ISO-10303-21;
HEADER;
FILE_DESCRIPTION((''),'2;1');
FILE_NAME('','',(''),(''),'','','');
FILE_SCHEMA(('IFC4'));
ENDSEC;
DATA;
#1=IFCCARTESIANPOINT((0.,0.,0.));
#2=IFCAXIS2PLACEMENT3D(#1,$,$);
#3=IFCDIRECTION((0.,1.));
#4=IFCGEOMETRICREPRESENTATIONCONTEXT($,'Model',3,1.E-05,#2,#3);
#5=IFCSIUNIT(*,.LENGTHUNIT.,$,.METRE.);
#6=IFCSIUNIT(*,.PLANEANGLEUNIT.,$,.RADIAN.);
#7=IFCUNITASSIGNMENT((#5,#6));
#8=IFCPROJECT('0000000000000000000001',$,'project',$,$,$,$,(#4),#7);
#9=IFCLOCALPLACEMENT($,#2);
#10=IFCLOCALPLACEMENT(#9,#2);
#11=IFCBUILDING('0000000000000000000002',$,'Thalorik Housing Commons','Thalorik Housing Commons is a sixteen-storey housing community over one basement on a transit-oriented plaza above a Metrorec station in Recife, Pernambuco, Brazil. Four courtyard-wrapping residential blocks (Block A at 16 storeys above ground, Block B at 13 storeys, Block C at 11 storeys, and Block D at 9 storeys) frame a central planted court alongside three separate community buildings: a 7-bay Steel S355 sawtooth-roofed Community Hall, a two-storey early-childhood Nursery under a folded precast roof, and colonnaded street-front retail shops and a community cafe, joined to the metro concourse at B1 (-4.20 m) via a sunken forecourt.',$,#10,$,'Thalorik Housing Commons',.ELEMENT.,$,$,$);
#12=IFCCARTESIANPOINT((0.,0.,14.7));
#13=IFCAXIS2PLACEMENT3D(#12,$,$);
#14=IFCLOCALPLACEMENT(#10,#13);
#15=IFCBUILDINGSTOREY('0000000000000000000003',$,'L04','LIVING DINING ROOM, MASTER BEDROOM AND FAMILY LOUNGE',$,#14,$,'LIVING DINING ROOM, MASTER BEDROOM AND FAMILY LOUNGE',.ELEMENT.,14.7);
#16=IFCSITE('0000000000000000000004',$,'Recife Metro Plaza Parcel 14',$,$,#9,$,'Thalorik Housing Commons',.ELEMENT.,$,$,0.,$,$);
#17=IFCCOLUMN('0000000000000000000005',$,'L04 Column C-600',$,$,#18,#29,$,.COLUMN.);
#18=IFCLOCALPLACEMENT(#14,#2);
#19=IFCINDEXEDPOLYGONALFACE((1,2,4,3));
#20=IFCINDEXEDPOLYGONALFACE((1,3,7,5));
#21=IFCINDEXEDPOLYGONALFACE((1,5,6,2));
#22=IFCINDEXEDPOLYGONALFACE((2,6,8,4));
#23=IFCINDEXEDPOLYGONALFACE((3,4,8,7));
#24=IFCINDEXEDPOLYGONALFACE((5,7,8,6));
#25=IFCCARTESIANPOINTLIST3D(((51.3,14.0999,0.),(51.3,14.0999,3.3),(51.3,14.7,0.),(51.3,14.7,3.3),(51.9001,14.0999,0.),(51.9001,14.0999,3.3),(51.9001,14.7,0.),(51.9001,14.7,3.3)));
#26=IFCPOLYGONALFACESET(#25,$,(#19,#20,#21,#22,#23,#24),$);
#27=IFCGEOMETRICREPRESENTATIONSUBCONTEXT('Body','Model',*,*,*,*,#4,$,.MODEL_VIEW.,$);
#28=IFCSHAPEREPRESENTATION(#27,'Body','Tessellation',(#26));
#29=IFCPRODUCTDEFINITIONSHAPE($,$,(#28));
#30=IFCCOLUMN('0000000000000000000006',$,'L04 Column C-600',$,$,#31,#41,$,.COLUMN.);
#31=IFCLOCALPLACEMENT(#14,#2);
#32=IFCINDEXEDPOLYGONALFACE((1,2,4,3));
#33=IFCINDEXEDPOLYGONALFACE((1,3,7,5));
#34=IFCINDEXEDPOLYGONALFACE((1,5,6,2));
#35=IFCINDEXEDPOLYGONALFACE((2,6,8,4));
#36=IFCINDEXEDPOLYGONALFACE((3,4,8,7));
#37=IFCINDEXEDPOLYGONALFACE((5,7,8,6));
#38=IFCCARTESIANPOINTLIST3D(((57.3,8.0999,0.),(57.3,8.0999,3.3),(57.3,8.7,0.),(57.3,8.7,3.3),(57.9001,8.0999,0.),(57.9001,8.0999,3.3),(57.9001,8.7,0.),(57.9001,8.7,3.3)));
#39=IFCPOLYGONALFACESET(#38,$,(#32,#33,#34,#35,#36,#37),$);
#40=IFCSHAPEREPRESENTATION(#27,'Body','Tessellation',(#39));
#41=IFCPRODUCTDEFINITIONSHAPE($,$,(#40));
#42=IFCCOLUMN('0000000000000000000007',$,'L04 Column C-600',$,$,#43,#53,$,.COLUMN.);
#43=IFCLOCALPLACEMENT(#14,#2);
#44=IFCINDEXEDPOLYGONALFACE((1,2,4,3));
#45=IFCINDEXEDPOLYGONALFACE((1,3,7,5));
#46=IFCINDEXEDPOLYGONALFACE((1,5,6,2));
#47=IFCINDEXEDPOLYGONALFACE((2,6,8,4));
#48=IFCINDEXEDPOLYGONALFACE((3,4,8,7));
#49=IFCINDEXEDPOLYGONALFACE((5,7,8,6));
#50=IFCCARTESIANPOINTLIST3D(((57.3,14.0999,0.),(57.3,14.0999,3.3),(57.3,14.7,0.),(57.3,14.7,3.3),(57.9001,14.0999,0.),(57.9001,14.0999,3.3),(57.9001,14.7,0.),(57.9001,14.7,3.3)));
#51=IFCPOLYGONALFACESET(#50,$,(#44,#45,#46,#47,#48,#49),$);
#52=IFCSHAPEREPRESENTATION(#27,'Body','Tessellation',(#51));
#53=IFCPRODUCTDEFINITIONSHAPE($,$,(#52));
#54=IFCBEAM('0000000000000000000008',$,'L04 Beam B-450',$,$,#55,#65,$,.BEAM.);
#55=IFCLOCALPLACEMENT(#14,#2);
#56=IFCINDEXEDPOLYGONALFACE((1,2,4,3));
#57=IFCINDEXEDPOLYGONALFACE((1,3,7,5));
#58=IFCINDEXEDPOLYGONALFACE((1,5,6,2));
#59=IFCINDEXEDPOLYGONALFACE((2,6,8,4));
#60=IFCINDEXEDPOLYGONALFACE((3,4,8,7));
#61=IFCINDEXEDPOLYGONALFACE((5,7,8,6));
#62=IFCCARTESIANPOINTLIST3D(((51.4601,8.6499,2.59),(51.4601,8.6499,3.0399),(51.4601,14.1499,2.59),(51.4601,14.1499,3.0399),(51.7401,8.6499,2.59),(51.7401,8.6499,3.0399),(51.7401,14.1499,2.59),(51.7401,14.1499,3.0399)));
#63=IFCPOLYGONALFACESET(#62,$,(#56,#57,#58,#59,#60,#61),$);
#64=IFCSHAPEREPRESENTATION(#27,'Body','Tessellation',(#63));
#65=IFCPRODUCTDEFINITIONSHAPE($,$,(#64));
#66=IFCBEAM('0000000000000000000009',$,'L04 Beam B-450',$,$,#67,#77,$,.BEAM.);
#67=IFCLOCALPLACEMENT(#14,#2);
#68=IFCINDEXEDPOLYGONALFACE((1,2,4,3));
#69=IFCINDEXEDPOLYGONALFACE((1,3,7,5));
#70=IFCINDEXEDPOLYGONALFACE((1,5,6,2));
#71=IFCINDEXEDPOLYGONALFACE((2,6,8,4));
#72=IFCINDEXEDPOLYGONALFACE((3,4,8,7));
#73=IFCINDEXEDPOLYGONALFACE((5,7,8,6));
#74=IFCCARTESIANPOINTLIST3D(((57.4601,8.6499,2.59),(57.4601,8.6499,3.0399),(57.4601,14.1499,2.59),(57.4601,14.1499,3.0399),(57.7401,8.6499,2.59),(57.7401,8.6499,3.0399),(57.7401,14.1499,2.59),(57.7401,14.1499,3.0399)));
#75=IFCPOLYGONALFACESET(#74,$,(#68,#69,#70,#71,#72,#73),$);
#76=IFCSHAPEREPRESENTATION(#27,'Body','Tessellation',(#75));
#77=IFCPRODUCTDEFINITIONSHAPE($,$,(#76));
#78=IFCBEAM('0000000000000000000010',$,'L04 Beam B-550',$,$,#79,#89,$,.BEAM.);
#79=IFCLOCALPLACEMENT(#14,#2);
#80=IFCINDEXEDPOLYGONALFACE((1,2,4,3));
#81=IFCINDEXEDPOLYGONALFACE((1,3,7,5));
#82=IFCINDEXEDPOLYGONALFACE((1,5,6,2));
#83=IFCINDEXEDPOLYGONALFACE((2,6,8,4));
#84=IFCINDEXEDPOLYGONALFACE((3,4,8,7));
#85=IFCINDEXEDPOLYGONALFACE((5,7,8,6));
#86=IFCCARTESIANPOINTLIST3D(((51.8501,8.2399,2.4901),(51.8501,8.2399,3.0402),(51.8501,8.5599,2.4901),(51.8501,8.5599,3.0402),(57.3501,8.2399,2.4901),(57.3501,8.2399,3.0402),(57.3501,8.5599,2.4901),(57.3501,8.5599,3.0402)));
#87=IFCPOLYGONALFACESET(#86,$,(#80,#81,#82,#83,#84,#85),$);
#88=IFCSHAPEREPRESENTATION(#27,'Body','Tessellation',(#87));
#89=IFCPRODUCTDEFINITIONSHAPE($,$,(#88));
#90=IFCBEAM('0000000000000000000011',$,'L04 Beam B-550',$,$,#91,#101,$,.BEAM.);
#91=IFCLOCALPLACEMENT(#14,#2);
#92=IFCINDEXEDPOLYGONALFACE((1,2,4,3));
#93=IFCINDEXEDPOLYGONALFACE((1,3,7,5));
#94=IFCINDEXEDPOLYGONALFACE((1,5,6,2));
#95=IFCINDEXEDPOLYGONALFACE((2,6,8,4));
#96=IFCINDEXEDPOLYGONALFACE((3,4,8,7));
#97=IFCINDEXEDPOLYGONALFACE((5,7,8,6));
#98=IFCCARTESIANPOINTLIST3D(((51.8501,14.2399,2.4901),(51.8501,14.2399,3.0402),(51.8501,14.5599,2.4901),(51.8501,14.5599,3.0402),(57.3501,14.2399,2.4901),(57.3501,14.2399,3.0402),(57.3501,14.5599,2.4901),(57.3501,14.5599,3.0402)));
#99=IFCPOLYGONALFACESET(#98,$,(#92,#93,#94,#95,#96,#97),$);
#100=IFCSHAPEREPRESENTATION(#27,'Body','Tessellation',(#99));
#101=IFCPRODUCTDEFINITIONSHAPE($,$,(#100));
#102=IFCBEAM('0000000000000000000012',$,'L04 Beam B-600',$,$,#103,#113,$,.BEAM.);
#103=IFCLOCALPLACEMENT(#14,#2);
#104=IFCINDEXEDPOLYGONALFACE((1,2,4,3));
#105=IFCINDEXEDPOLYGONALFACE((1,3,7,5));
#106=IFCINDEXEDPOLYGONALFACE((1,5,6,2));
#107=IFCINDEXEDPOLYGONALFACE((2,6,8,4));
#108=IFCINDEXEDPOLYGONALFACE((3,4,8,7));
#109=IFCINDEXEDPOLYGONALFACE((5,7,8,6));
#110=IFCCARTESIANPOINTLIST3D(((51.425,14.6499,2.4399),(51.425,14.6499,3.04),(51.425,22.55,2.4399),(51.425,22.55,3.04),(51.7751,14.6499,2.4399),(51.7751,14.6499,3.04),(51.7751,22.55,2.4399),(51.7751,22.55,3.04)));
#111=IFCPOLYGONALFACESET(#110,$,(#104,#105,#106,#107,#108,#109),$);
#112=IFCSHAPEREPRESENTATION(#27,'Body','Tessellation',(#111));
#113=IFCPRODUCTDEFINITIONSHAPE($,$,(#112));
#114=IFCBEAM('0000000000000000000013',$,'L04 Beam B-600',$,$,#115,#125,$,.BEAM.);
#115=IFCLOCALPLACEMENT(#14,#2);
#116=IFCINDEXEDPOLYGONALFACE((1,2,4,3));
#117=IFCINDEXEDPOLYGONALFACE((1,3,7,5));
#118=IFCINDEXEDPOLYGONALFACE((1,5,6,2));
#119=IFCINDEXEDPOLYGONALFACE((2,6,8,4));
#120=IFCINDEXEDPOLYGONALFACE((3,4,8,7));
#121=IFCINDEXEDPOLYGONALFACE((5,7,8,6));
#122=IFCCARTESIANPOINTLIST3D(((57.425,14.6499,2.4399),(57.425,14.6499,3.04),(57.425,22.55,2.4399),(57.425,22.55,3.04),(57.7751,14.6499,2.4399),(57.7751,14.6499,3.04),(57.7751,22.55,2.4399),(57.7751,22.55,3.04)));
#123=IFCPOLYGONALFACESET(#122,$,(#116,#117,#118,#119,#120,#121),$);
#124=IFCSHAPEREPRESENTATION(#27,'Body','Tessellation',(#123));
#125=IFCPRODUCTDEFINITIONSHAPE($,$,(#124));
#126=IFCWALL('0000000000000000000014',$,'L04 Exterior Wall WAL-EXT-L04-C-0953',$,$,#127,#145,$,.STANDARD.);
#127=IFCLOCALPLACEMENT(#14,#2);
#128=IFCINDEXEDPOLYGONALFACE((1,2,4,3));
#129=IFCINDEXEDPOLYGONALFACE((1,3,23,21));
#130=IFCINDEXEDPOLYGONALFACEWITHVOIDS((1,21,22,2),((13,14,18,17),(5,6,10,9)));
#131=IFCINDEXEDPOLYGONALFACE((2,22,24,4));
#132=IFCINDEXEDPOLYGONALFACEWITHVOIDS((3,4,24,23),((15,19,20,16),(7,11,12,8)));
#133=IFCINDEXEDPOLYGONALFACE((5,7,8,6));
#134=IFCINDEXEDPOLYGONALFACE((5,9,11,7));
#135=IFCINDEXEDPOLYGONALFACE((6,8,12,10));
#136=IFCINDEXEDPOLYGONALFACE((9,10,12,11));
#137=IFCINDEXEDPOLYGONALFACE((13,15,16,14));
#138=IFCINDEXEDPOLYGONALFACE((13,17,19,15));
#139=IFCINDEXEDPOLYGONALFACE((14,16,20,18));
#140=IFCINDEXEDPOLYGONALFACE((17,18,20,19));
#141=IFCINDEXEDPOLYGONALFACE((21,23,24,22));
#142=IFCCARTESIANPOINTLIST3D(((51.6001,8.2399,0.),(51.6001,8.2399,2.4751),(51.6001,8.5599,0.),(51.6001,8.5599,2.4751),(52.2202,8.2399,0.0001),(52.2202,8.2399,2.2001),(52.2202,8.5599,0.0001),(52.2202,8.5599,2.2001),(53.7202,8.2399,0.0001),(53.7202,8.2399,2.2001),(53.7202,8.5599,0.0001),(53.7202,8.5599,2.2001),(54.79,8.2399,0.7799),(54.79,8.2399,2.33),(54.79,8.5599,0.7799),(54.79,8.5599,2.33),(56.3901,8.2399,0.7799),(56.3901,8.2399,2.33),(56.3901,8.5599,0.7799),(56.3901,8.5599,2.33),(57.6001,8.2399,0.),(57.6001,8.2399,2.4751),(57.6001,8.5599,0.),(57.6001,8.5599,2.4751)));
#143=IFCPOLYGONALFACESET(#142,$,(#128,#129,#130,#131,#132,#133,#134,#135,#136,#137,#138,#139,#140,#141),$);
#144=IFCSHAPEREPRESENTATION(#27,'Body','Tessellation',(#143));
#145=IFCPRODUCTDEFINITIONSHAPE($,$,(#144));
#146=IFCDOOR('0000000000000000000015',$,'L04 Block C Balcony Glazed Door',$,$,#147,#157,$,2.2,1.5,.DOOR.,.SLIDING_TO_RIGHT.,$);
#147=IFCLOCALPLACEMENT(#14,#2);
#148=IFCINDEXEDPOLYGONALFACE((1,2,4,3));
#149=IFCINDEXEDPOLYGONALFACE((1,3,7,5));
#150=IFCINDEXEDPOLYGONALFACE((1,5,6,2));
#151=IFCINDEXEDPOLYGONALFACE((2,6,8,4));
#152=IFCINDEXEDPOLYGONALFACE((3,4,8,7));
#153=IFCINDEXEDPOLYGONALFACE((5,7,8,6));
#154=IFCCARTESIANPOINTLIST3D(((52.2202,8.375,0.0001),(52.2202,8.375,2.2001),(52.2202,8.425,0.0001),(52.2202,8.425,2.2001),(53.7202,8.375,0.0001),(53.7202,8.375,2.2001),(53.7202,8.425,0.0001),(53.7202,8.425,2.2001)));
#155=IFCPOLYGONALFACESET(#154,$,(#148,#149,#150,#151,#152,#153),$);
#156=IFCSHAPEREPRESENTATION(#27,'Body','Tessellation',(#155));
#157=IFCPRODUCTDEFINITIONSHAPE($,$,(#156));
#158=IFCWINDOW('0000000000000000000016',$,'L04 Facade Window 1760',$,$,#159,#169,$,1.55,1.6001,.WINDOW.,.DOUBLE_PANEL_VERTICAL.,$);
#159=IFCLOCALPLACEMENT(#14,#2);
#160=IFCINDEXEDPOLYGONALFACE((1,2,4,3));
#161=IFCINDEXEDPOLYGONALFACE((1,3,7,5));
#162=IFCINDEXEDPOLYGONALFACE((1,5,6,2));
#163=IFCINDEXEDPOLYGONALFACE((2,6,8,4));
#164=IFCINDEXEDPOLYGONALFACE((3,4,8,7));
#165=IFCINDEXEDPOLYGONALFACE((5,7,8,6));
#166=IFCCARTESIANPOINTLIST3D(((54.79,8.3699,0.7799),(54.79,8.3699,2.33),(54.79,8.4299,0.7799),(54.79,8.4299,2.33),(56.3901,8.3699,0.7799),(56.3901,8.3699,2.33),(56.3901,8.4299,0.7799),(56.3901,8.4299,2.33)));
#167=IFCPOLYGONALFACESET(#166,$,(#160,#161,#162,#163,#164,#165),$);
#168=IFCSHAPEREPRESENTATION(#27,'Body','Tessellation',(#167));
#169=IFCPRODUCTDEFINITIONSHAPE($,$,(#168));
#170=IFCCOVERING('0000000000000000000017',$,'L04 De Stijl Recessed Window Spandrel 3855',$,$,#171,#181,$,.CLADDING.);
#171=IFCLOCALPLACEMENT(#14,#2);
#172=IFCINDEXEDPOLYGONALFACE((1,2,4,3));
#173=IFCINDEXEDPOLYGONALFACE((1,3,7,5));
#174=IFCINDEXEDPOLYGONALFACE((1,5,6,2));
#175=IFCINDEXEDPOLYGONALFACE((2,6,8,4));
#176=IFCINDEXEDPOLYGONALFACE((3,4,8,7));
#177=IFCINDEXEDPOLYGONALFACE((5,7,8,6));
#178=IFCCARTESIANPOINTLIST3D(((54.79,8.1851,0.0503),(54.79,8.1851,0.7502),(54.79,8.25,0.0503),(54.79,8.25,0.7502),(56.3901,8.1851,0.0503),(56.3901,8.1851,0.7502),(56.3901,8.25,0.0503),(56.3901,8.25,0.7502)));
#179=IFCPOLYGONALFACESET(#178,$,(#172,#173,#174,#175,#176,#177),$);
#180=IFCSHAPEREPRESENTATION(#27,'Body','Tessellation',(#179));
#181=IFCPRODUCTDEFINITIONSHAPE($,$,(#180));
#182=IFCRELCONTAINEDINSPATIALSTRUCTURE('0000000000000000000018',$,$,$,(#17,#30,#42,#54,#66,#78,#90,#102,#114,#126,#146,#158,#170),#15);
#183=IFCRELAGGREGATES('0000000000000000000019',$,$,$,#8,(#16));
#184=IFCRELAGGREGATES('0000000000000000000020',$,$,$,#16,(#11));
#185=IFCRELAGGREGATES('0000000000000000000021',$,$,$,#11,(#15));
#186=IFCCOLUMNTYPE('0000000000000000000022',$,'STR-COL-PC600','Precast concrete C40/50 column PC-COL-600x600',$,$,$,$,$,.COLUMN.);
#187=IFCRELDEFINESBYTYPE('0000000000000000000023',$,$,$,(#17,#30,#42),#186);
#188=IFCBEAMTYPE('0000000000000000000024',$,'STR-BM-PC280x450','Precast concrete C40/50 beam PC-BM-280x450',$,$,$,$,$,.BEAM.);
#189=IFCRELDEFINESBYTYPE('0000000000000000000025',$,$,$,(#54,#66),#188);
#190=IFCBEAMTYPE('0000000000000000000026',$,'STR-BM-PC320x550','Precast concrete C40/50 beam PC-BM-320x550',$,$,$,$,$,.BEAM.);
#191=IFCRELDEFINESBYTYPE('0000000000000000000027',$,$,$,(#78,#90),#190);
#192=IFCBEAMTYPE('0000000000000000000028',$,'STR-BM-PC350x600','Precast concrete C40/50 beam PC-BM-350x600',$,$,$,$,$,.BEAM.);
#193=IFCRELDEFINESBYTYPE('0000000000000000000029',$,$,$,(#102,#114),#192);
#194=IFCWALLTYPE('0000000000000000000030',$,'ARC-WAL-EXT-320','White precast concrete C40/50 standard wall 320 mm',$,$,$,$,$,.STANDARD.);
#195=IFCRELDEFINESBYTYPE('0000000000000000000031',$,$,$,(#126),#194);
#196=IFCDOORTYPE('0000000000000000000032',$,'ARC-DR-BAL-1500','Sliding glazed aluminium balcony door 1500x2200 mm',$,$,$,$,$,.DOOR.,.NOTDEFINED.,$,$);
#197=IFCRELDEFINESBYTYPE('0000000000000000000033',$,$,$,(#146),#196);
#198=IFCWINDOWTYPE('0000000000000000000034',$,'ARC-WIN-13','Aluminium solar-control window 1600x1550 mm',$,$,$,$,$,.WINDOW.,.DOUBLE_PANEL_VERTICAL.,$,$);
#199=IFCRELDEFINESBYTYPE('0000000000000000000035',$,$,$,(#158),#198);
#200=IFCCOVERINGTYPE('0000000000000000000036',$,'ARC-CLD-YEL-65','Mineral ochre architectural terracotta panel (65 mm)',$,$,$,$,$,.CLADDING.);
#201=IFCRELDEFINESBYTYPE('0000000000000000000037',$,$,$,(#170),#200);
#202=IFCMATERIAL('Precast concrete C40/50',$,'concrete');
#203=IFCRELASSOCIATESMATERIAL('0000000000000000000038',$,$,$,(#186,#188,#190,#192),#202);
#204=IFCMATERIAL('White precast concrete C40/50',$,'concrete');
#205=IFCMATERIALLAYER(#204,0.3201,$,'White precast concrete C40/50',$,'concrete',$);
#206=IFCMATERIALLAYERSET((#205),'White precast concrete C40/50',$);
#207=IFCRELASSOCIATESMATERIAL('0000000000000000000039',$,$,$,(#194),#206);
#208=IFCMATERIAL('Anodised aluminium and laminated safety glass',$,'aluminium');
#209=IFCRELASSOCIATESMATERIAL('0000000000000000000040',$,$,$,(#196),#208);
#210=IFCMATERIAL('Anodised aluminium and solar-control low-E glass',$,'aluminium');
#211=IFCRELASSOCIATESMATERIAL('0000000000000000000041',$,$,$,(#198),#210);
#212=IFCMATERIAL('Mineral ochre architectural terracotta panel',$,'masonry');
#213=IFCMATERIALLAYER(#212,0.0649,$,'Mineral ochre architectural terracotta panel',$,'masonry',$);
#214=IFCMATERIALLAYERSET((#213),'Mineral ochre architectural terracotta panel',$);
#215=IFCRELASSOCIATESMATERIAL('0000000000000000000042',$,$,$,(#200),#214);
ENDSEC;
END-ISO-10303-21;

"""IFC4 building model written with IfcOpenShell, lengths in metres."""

from ifc_helpers import new_model, si_unit, direction, frame, frame_2d, origin, origin_2d, place, context, subcontext, project, spatial, rectangle, extrude, material, layer, layer_set, material_profile, profile_set, type_object, element, fill, save


model = new_model("IFC4")

# Units and contexts
model_context = context("Model", 3, precision=1e-05, world=origin(), true_north=direction((0.0, 1.0)))
body_context = subcontext(model_context, "Body", "Model", "MODEL_VIEW")
ifc_project = project(units=[si_unit("LENGTHUNIT", "METRE"), si_unit("PLANEANGLEUNIT", "RADIAN")], contexts=[model_context])

# Site, building, storey
site_placement = place(None, origin())
site = spatial("IfcSite", under=ifc_project, at=site_placement, Name="Recife Metro Plaza Parcel 14", LongName="Thalorik Housing Commons", CompositionType="ELEMENT", RefElevation=0.0)
building_placement = place(site_placement, origin())
building = spatial("IfcBuilding", under=site, at=building_placement, Name="Thalorik Housing Commons", Description="Thalorik Housing Commons is a sixteen-storey housing community over one basement on a transit-oriented plaza above a Metrorec station in Recife, Pernambuco, Brazil. Four courtyard-wrapping residential blocks (Block A at 16 storeys above ground, Block B at 13 storeys, Block C at 11 storeys, and Block D at 9 storeys) frame a central planted court alongside three separate community buildings: a 7-bay Steel S355 sawtooth-roofed Community Hall, a two-storey early-childhood Nursery under a folded precast roof, and colonnaded street-front retail shops and a community cafe, joined to the metro concourse at B1 (-4.20 m) via a sunken forecourt.", LongName="Thalorik Housing Commons", CompositionType="ELEMENT")
storey_placement = place(building_placement, frame((0.0, 0.0, 14.7)))
storey = spatial("IfcBuildingStorey", under=building, at=storey_placement, Name="L04", Description="LIVING DINING ROOM, MASTER BEDROOM AND FAMILY LOUNGE", LongName="LIVING DINING ROOM, MASTER BEDROOM AND FAMILY LOUNGE", CompositionType="ELEMENT", Elevation=14.7)

# Columns
ifc_material_1 = material(Name="Precast concrete C40/50", Category="concrete")
ifc_material_profile_1 = material_profile(ifc_material_1, rectangle(XDim=0.6001, YDim=0.6001, at=origin_2d()), Name="PC 600x600", Category="concrete")
ifc_profile_set_1 = profile_set([ifc_material_profile_1], Name="Precast concrete C40/50")
column_type = type_object("IfcColumnType", Name="STR-COL-PC600", Description="Precast concrete C40/50 column PC-COL-600x600", PredefinedType="COLUMN", material=ifc_profile_set_1)
for number, where, z_axis, x_axis, name in (
    (1, (51.6001, 14.3999, 0.0), (0.0, 0.0, 1.0), (1.0, 0.0, 0.0), "L04 Column C-600"),
    (2, (57.6001, 8.3999, 0.0), (0.0, 0.0, 1.0), (1.0, 0.0, 0.0), "L04 Column C-600"),
    (3, (57.6001, 14.3999, 0.0), (0.0, 0.0, 1.0), (1.0, 0.0, 0.0), "L04 Column C-600"),
):
    element("IfcColumn", number, at=place(storey_placement, frame(where, z_axis=z_axis, x_axis=x_axis)), inside=storey, type_object=column_type, Name=name, PredefinedType="COLUMN", context=body_context, shape_type="SweptSolid", body=[
        extrude(rectangle(XDim=0.6001, YDim=0.6001, at=origin_2d()), origin(), (0.0, 0.0, 1.0), 3.3),
    ])

# Beams
ifc_material_profile_2 = material_profile(ifc_material_1, rectangle(XDim=0.28, YDim=0.45, at=origin_2d()), Name="PC 280x450", Category="concrete")
ifc_profile_set_2 = profile_set([ifc_material_profile_2], Name="Precast concrete C40/50")
beam_type_1 = type_object("IfcBeamType", Name="STR-BM-PC280x450", Description="Precast concrete C40/50 beam PC-BM-280x450", PredefinedType="BEAM", material=ifc_profile_set_2)
for number, where, z_axis, x_axis, name in (
    (4, (51.6001, 8.6499, 2.8149), (0.0, 1.0, 0.0), (-1.0, 0.0, 0.0), "L04 Beam B-450"),
    (5, (57.6001, 8.6499, 2.8149), (0.0, 1.0, 0.0), (-1.0, 0.0, 0.0), "L04 Beam B-450"),
):
    element("IfcBeam", number, at=place(storey_placement, frame(where, z_axis=z_axis, x_axis=x_axis)), inside=storey, type_object=beam_type_1, Name=name, PredefinedType="BEAM", context=body_context, shape_type="SweptSolid", body=[
        extrude(rectangle(XDim=0.28, YDim=0.45, at=origin_2d()), origin(), (0.0, 0.0, 1.0), 5.5),
    ])
ifc_material_profile_3 = material_profile(ifc_material_1, rectangle(XDim=0.3201, YDim=0.55, at=origin_2d()), Name="PC 320x550", Category="concrete")
ifc_profile_set_3 = profile_set([ifc_material_profile_3], Name="Precast concrete C40/50")
beam_type_2 = type_object("IfcBeamType", Name="STR-BM-PC320x550", Description="Precast concrete C40/50 beam PC-BM-320x550", PredefinedType="BEAM", material=ifc_profile_set_3)
for number, where, z_axis, x_axis, name in (
    (6, (51.8501, 8.3999, 2.7651), (1.0, 0.0, 0.0), (0.0, 1.0, 0.0), "L04 Beam B-550"),
    (7, (51.8501, 14.3999, 2.7651), (1.0, 0.0, 0.0), (0.0, 1.0, 0.0), "L04 Beam B-550"),
):
    element("IfcBeam", number, at=place(storey_placement, frame(where, z_axis=z_axis, x_axis=x_axis)), inside=storey, type_object=beam_type_2, Name=name, PredefinedType="BEAM", context=body_context, shape_type="SweptSolid", body=[
        extrude(rectangle(XDim=0.3201, YDim=0.55, at=origin_2d()), origin(), (0.0, 0.0, 1.0), 5.5),
    ])
ifc_material_profile_4 = material_profile(ifc_material_1, rectangle(XDim=0.3501, YDim=0.6001, at=origin_2d()), Name="PC 350x600", Category="concrete")
ifc_profile_set_4 = profile_set([ifc_material_profile_4], Name="Precast concrete C40/50")
beam_type_3 = type_object("IfcBeamType", Name="STR-BM-PC350x600", Description="Precast concrete C40/50 beam PC-BM-350x600", PredefinedType="BEAM", material=ifc_profile_set_4)
for number, where, z_axis, x_axis, name in (
    (8, (51.6001, 14.6499, 2.74), (0.0, 1.0, 0.0), (-1.0, 0.0, 0.0), "L04 Beam B-600"),
    (9, (57.6001, 14.6499, 2.74), (0.0, 1.0, 0.0), (-1.0, 0.0, 0.0), "L04 Beam B-600"),
):
    element("IfcBeam", number, at=place(storey_placement, frame(where, z_axis=z_axis, x_axis=x_axis)), inside=storey, type_object=beam_type_3, Name=name, PredefinedType="BEAM", context=body_context, shape_type="SweptSolid", body=[
        extrude(rectangle(XDim=0.3501, YDim=0.6001, at=origin_2d()), origin(), (0.0, 0.0, 1.0), 7.9001),
    ])

# Wall, openings, door, window
ifc_material_2 = material(Name="White precast concrete C40/50", Category="concrete")
ifc_layer_1 = layer(ifc_material_2, 0.3201, Name="White precast concrete C40/50", Category="concrete")
ifc_layer_set_1 = layer_set([ifc_layer_1], Name="White precast concrete C40/50")
wall_type = type_object("IfcWallType", Name="ARC-WAL-EXT-320", Description="White precast concrete C40/50 standard wall 320 mm", PredefinedType="STANDARD", material=ifc_layer_set_1)
wall_placement = place(storey_placement, frame((51.6001, 8.3999, 0.0), z_axis=(0.0, 0.0, 1.0), x_axis=(1.0, 0.0, 0.0)))
wall = element("IfcWall", 10, at=wall_placement, inside=storey, type_object=wall_type, Name="L04 Exterior Wall WAL-EXT-L04-C-0953", PredefinedType="STANDARD", context=body_context, shape_type="SweptSolid", body=[
    extrude(rectangle(XDim=6.0, YDim=0.3201, at=frame_2d((3.0, 0.0))), origin(), (0.0, 0.0, 1.0), 2.4751),
])
opening_1_placement = place(wall_placement, frame((0.6201, 0.0, 0.0)))
opening_1 = element("IfcOpeningElement", 11, at=opening_1_placement, cuts=wall, PredefinedType="OPENING", context=body_context, shape_type="SweptSolid", body=[
    extrude(rectangle(XDim=1.5, YDim=2.2, at=frame_2d((0.75, 1.1001))), frame((0.0, 0.1699, 0.0), z_axis=(0.0, -1.0, 0.0), x_axis=(1.0, 0.0, 0.0)), (0.0, 0.0, 1.0), 0.3401),
])
opening_2_placement = place(wall_placement, frame((3.1899, 0.0, 0.78)))
opening_2 = element("IfcOpeningElement", 12, at=opening_2_placement, cuts=wall, PredefinedType="OPENING", context=body_context, shape_type="SweptSolid", body=[
    extrude(rectangle(XDim=1.6001, YDim=1.55, at=frame_2d((0.8, 0.7749))), frame((0.0, 0.1699, 0.0), z_axis=(0.0, -1.0, 0.0), x_axis=(1.0, 0.0, 0.0)), (0.0, 0.0, 1.0), 0.3401),
])
ifc_material_3 = material(Name="Anodised aluminium and laminated safety glass", Category="aluminium")
door_type = type_object("IfcDoorType", Name="ARC-DR-BAL-1500", Description="Sliding glazed aluminium balcony door 1500x2200 mm", OperationType="NOTDEFINED", PredefinedType="DOOR", material=ifc_material_3)
door_placement = place(opening_1_placement, frame((1.5, 0.0, 0.0), z_axis=(0.0, 0.0, 1.0), x_axis=(-1.0, 0.0, 0.0)))
door = element("IfcDoor", 13, at=door_placement, inside=storey, type_object=door_type, Name="L04 Block C Balcony Glazed Door", OperationType="SLIDING_TO_RIGHT", OverallHeight=2.2, OverallWidth=1.5, PredefinedType="DOOR", context=body_context, shape_type="SweptSolid", body=[
    extrude(rectangle(XDim=1.5, YDim=2.2, at=frame_2d((0.75, 1.1001))), frame((0.0, 0.0249, 0.0), z_axis=(0.0, -1.0, 0.0), x_axis=(1.0, 0.0, 0.0)), (0.0, 0.0, 1.0), 0.05),
])
fill(opening_1, door)
ifc_material_4 = material(Name="Anodised aluminium and solar-control low-E glass", Category="aluminium")
window_type = type_object("IfcWindowType", Name="ARC-WIN-13", Description="Aluminium solar-control window 1600x1550 mm", PartitioningType="DOUBLE_PANEL_VERTICAL", PredefinedType="WINDOW", material=ifc_material_4)
window_placement = place(opening_2_placement, origin())
window = element("IfcWindow", 14, at=window_placement, inside=storey, type_object=window_type, Name="L04 Facade Window 1760", OverallHeight=1.55, OverallWidth=1.6001, PartitioningType="DOUBLE_PANEL_VERTICAL", PredefinedType="WINDOW", context=body_context, shape_type="SweptSolid", body=[
    extrude(rectangle(XDim=1.6001, YDim=1.55, at=frame_2d((0.8, 0.7749))), frame((0.0, 0.03, 0.0), z_axis=(0.0, -1.0, 0.0), x_axis=(1.0, 0.0, 0.0)), (0.0, 0.0, 1.0), 0.0601),
])
fill(opening_2, window)

# Covering
ifc_material_5 = material(Name="Mineral ochre architectural terracotta panel", Category="masonry")
ifc_layer_2 = layer(ifc_material_5, 0.0649, Name="Mineral ochre architectural terracotta panel", Category="masonry")
ifc_layer_set_2 = layer_set([ifc_layer_2], Name="Mineral ochre architectural terracotta panel")
covering_type_1 = type_object("IfcCoveringType", Name="ARC-CLD-YEL-65", Description="Mineral ochre architectural terracotta panel (65 mm)", PredefinedType="CLADDING", material=ifc_layer_set_2)
covering_1_placement = place(storey_placement, frame((55.5901, 8.2175, 0.0503), z_axis=(0.0, 0.0, 1.0), x_axis=(1.0, 0.0, 0.0)))
element("IfcCovering", 15, at=covering_1_placement, inside=storey, type_object=covering_type_1, Name="L04 De Stijl Recessed Window Spandrel 3855", PredefinedType="CLADDING", context=body_context, shape_type="SweptSolid", body=[
    extrude(rectangle(XDim=1.6001, YDim=0.0649, at=origin_2d()), origin(), (0.0, 0.0, 1.0), 0.7),
])

save(model, "model.ifc")
